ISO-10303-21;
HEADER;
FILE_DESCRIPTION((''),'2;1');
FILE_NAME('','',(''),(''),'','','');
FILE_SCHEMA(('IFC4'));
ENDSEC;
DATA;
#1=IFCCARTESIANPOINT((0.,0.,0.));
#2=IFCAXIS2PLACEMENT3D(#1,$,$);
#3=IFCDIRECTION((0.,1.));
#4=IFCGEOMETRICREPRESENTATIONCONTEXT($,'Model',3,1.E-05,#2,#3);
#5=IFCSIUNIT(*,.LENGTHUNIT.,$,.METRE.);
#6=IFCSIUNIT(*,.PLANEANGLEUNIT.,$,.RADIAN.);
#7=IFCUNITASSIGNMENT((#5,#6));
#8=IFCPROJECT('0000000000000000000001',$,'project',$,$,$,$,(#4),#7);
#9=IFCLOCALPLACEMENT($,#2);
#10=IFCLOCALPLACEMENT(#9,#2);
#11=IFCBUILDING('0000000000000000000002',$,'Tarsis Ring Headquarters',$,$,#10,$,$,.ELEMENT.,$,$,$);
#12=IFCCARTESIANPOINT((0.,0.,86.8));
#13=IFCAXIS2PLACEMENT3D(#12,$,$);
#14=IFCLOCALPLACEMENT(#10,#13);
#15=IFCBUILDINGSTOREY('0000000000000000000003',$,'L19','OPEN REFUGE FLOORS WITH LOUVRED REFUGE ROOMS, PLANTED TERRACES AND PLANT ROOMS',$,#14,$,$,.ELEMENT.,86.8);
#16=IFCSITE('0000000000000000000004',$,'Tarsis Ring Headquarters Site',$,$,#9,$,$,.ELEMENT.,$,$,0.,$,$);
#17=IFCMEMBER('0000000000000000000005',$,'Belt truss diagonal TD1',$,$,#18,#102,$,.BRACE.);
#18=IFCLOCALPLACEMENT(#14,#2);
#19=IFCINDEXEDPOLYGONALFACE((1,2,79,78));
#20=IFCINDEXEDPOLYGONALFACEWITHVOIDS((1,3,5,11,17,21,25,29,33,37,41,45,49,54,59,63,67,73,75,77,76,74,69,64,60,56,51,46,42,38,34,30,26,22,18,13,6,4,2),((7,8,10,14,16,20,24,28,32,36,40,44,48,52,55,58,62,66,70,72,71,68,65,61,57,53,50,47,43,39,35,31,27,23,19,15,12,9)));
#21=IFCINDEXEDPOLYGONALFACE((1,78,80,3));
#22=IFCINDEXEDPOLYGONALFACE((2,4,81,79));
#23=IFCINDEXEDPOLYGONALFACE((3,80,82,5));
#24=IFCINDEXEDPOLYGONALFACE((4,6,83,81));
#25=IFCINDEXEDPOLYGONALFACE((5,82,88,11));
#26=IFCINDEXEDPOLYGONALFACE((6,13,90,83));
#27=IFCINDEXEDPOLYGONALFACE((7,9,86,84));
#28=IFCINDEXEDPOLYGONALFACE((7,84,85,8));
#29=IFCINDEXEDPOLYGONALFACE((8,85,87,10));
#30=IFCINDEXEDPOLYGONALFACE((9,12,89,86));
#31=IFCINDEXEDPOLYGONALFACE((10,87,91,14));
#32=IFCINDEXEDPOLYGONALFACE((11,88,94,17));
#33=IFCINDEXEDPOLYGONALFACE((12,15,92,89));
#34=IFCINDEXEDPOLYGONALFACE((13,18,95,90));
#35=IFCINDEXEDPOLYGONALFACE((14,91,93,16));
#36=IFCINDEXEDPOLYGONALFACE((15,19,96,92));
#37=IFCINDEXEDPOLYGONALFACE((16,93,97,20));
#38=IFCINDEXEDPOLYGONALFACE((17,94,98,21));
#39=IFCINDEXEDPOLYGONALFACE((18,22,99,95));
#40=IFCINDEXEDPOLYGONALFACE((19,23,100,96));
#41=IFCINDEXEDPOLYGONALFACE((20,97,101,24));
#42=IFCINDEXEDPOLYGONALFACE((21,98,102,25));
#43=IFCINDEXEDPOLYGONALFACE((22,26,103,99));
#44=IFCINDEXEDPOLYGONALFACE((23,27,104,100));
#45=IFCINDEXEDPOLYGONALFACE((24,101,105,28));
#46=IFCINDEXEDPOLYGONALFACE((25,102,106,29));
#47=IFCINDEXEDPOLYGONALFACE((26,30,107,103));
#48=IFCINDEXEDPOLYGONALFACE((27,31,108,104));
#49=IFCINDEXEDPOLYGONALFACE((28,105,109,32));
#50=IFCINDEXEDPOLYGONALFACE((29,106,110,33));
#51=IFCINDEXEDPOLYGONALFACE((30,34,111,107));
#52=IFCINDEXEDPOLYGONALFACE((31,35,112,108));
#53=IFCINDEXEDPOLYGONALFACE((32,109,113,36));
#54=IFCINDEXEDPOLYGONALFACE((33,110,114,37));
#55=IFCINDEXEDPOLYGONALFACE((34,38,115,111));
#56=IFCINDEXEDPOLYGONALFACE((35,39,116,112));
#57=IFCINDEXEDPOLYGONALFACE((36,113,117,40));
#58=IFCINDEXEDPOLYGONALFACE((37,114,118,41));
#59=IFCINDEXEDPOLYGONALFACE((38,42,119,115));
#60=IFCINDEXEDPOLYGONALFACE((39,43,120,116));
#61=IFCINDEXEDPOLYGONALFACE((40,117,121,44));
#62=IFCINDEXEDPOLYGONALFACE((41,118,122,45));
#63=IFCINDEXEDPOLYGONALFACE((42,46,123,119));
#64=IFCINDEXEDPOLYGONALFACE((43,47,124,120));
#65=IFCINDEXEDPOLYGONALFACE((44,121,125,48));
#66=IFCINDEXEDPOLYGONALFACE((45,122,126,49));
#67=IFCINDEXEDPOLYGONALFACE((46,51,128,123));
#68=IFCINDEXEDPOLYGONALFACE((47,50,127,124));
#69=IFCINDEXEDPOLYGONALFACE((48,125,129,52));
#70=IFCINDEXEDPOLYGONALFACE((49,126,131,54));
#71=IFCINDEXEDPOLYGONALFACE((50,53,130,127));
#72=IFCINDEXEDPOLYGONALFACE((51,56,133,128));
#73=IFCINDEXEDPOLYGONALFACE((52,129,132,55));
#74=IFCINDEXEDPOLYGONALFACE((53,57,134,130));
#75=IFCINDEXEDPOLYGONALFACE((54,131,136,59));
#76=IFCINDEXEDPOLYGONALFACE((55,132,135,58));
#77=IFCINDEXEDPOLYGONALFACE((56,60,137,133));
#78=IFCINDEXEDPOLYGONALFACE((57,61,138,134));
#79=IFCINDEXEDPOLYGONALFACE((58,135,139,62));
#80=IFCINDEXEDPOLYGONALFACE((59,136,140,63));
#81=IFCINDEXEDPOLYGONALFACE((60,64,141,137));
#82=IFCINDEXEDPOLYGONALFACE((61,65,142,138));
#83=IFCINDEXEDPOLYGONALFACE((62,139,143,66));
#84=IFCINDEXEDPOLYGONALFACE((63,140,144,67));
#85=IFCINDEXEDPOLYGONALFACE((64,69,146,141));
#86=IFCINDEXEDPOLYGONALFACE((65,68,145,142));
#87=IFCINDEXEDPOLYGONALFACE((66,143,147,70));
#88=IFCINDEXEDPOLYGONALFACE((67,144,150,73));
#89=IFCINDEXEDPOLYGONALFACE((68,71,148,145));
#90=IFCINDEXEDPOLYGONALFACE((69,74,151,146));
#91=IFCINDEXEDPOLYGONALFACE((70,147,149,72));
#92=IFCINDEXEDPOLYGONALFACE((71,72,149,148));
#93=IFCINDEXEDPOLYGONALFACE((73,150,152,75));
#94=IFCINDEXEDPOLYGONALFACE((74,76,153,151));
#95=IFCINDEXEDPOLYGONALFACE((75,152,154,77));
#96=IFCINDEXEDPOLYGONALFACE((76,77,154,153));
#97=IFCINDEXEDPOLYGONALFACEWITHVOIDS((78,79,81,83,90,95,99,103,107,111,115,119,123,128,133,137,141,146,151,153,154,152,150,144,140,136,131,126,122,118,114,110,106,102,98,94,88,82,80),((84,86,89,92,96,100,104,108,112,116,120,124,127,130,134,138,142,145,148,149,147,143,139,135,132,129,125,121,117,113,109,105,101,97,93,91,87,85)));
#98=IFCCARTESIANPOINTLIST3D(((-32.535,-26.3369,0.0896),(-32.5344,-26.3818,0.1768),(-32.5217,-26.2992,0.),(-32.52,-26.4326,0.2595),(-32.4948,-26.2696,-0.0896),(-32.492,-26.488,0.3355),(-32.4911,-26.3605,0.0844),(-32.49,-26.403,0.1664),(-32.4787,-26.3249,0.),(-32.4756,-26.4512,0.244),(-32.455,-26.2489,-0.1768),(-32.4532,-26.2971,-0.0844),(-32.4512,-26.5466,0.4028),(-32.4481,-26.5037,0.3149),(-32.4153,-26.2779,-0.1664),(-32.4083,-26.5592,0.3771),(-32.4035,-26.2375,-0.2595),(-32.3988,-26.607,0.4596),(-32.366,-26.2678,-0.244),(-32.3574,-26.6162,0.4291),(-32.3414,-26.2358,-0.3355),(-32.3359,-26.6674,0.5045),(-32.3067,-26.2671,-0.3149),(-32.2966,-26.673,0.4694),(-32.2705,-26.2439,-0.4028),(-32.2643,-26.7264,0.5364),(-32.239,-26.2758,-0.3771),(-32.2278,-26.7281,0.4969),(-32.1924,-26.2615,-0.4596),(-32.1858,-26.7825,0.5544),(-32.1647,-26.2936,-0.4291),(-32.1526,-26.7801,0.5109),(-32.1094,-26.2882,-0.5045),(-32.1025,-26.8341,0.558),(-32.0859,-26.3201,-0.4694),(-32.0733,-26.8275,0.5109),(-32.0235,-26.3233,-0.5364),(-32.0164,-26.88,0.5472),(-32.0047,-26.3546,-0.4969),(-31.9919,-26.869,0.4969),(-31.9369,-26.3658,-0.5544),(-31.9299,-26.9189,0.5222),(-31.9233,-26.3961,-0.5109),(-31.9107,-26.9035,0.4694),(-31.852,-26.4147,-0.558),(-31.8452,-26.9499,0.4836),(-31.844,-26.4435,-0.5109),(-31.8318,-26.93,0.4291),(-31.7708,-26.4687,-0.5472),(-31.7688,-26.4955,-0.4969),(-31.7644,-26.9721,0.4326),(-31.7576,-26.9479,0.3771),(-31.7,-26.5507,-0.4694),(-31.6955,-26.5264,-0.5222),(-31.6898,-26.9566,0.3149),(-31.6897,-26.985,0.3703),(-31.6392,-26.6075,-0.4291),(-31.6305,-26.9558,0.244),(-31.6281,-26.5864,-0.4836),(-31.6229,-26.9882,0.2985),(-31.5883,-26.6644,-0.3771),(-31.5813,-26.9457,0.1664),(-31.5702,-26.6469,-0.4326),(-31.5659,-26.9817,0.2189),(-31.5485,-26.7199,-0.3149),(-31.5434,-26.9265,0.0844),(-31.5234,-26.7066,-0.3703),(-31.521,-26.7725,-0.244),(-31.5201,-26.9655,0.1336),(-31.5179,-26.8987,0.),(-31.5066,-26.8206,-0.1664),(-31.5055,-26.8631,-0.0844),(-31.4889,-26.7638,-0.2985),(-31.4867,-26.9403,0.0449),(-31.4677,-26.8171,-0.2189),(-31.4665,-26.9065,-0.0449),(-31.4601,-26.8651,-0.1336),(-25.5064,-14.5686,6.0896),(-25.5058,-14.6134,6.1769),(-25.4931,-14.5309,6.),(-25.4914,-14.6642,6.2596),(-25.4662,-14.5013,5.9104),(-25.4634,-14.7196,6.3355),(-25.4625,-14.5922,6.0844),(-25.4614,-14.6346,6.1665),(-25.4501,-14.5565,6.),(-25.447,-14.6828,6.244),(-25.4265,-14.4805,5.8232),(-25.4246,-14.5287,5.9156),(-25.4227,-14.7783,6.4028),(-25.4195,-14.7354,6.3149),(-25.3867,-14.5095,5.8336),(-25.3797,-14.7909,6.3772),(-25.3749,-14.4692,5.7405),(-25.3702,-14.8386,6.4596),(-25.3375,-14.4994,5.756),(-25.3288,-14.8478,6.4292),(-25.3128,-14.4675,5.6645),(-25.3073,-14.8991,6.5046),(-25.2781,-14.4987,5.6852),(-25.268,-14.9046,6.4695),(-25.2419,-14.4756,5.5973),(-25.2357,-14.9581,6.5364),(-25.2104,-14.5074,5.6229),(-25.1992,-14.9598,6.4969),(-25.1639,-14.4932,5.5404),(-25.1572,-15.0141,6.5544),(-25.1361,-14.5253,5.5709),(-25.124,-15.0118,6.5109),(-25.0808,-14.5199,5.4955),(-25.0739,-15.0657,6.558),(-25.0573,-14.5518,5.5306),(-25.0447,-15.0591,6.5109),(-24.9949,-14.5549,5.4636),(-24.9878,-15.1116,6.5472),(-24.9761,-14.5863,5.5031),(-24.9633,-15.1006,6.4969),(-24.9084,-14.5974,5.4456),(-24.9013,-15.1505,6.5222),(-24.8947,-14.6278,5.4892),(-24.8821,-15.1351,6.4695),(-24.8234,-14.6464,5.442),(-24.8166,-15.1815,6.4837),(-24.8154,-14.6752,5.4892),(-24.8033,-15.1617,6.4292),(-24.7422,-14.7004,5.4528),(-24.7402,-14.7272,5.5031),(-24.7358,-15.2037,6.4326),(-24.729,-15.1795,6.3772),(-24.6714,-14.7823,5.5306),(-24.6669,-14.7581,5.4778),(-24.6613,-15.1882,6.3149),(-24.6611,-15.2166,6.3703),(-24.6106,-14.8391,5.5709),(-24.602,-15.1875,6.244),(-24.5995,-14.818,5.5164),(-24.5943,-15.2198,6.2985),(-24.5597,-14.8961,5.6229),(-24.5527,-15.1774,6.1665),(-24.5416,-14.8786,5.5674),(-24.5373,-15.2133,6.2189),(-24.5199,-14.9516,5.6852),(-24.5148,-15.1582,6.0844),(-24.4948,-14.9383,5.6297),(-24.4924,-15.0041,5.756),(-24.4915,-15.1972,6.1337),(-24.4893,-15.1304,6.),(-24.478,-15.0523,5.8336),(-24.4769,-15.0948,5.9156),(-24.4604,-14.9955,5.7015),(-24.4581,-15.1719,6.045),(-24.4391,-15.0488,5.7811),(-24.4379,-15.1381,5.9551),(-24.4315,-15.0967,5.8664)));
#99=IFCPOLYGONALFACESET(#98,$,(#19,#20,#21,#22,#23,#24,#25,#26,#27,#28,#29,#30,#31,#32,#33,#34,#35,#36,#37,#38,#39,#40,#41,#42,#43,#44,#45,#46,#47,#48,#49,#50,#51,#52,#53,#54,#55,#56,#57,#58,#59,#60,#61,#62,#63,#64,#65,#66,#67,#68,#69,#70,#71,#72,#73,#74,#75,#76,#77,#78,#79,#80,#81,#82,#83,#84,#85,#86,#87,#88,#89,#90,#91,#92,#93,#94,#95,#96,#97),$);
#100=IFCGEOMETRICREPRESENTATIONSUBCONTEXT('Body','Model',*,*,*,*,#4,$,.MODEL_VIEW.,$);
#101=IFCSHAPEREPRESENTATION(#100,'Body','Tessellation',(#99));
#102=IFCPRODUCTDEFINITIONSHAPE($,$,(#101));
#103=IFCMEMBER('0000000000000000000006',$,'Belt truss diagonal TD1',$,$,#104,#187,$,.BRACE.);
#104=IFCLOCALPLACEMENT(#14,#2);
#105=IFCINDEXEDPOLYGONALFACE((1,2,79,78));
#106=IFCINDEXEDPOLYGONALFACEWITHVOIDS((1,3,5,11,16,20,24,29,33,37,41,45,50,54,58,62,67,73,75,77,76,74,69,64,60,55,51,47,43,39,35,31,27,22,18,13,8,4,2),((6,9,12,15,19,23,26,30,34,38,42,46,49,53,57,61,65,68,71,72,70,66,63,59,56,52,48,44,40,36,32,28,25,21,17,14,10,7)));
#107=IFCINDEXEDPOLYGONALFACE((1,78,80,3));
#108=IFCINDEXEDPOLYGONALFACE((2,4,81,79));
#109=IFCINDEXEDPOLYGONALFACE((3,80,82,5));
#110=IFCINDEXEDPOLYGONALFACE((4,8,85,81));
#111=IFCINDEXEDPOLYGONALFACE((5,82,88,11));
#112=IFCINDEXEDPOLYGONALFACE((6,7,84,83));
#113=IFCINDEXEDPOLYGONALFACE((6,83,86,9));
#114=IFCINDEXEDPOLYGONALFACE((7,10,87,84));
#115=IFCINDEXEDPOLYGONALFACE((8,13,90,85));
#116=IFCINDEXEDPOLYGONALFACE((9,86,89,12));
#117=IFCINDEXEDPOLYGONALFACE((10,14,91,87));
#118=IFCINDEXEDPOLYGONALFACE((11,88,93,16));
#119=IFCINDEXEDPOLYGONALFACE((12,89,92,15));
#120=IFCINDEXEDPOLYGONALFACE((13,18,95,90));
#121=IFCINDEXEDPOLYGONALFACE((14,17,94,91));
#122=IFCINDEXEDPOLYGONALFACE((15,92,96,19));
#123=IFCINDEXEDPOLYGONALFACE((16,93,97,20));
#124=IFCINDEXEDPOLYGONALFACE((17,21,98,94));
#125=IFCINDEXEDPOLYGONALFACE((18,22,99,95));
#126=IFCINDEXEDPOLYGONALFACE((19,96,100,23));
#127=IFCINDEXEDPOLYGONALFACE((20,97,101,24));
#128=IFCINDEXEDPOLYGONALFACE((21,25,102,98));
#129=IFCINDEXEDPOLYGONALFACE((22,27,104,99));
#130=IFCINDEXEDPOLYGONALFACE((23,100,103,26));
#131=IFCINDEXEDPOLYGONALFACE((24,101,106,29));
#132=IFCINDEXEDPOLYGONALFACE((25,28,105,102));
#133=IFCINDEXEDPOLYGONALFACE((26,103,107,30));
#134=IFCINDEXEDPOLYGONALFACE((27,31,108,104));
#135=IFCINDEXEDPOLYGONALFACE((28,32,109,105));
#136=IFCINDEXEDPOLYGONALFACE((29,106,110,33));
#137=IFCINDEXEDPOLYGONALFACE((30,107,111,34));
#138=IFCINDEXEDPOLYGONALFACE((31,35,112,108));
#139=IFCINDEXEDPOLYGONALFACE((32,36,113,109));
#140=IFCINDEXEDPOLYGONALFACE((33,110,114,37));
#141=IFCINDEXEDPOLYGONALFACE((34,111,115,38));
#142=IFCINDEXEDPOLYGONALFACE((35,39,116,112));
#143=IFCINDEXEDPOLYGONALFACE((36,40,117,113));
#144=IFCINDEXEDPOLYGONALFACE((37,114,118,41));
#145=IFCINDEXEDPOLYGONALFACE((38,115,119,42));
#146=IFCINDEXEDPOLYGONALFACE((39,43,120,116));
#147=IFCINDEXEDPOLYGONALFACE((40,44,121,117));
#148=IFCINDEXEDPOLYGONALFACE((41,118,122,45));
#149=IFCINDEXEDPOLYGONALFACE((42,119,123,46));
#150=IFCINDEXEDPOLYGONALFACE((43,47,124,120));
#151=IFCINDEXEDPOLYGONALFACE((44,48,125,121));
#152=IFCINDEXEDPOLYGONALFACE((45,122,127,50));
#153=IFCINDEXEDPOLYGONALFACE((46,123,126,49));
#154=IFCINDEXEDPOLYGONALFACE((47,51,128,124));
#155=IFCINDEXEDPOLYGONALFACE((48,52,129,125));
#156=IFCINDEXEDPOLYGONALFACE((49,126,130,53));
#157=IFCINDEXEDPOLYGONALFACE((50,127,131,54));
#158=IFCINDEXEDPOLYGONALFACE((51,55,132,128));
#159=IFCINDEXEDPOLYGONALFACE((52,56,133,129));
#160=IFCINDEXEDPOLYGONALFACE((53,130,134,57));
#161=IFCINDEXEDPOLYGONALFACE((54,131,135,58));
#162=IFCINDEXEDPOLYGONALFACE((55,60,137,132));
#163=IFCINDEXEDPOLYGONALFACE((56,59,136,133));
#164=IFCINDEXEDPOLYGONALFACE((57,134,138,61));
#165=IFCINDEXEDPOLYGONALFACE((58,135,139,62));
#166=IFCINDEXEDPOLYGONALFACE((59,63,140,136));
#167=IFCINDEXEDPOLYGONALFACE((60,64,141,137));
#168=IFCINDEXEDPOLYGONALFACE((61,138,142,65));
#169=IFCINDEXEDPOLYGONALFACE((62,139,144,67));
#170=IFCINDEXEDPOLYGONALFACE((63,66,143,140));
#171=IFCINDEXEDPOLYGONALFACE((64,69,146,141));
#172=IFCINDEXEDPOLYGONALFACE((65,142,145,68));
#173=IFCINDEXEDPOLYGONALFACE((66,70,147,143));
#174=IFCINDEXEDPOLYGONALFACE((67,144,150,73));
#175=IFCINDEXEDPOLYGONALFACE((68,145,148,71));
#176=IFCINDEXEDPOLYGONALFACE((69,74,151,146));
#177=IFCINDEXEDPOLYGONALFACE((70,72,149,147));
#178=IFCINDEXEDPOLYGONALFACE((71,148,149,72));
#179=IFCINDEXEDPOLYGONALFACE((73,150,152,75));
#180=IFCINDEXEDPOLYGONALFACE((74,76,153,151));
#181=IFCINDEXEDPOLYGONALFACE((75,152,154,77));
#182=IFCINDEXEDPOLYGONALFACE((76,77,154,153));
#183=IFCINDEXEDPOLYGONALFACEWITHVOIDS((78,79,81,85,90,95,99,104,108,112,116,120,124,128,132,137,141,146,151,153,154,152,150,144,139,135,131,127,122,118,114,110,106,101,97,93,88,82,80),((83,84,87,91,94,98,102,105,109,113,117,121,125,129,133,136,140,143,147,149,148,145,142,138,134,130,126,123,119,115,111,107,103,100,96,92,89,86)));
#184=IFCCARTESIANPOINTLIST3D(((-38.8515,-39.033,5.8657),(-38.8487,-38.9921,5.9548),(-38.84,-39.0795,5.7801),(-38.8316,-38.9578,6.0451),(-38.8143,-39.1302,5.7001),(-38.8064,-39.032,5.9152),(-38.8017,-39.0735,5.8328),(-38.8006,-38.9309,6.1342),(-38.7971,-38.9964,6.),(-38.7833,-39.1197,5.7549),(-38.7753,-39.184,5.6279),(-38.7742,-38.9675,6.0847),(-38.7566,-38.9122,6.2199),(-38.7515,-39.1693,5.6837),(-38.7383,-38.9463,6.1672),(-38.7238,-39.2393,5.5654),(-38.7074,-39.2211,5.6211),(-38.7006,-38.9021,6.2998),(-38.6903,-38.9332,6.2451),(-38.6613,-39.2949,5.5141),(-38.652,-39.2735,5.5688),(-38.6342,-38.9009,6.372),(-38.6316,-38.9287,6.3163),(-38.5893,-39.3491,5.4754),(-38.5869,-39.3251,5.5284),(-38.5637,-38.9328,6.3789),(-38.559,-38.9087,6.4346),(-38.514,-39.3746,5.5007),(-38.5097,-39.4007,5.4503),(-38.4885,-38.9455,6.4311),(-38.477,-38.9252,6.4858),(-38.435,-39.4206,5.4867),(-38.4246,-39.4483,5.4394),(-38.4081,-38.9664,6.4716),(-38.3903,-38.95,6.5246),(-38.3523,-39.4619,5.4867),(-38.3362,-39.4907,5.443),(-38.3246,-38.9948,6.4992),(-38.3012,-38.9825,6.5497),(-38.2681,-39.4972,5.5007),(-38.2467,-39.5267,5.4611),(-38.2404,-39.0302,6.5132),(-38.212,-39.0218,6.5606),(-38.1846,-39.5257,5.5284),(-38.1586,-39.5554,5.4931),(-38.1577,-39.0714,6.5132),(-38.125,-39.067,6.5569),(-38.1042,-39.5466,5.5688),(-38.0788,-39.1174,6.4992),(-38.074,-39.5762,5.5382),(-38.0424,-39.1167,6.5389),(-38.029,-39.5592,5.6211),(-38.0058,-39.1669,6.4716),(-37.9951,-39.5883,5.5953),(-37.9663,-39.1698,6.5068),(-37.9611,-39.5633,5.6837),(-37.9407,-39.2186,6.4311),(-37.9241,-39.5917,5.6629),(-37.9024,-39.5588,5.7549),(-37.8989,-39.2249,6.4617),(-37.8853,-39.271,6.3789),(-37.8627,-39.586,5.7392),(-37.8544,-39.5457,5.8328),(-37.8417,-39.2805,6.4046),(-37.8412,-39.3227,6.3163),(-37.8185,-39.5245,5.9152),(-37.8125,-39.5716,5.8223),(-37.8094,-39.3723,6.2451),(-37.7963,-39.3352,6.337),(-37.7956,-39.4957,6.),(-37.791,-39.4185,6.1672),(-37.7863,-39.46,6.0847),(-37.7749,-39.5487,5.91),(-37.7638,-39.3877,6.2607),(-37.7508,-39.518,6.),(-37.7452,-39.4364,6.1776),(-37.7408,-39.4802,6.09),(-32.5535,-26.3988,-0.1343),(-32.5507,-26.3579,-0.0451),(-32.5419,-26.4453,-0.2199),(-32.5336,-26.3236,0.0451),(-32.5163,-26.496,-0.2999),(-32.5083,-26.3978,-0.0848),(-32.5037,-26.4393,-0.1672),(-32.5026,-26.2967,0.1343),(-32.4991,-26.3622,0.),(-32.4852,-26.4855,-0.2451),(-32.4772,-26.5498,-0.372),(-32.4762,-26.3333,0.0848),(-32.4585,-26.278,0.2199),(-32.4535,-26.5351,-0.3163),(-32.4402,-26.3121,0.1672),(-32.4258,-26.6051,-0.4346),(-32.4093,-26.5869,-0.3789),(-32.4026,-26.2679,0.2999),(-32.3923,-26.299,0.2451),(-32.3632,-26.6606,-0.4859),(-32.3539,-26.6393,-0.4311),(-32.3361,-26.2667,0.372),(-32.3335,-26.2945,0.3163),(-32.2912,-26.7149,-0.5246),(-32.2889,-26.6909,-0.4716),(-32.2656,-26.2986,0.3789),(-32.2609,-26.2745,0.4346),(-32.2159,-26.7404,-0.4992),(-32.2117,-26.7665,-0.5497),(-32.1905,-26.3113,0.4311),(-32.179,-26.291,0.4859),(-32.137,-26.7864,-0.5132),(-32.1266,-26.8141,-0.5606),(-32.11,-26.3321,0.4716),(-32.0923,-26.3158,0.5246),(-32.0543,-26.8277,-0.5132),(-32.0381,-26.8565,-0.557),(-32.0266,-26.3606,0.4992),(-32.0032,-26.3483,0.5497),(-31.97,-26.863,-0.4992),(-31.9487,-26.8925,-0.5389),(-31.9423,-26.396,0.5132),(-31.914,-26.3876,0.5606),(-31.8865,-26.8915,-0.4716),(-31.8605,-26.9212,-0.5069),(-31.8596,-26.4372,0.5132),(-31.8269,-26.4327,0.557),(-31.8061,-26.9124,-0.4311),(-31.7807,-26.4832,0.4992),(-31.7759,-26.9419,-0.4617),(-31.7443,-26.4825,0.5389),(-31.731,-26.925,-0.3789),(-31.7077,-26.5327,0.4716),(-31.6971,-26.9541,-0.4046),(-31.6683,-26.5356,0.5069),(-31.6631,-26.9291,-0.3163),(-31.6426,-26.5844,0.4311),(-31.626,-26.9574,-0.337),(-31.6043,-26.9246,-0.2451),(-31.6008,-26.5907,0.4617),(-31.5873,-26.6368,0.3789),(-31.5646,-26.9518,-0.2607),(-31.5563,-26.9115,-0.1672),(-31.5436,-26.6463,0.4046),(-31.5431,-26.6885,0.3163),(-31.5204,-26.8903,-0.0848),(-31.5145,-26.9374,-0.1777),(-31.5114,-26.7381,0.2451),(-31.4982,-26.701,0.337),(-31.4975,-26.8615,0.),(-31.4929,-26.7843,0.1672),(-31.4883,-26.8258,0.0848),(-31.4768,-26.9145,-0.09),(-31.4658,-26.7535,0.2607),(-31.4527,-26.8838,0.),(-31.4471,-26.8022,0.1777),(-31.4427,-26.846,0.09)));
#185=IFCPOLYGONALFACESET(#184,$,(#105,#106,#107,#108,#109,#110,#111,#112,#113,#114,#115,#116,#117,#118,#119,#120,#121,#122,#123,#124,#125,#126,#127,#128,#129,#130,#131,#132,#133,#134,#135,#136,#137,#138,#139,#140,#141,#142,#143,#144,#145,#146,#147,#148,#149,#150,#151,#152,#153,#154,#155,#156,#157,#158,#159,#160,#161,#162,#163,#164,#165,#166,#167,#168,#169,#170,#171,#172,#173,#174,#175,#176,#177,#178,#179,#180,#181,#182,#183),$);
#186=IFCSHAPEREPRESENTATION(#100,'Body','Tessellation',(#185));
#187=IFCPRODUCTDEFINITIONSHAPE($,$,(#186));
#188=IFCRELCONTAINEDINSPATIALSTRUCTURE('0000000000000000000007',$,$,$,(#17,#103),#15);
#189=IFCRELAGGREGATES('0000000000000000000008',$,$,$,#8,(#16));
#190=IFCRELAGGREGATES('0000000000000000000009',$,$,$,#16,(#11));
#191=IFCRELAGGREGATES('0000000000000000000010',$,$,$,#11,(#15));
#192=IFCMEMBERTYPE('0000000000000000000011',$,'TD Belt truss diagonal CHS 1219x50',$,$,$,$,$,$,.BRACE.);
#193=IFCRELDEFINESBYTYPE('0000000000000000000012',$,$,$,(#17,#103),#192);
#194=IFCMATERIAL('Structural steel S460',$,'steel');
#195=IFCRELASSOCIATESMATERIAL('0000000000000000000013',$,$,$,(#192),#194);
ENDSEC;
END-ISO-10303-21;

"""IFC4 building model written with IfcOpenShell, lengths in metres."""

from ifc_helpers import new_model, si_unit, direction, frame, origin, origin_2d, place, context, subcontext, project, spatial, hollow_circle, extrude, material, material_profile, profile_set, type_object, element, save


model = new_model("IFC4")

# Units and contexts
model_context = context("Model", 3, precision=1e-05, world=origin(), true_north=direction((0.0, 1.0)))
body_context = subcontext(model_context, "Body", "Model", "MODEL_VIEW")
ifc_project = project(units=[si_unit("LENGTHUNIT", "METRE"), si_unit("PLANEANGLEUNIT", "RADIAN")], contexts=[model_context])

# Site, building, storey
site_placement = place(None, origin())
site = spatial("IfcSite", under=ifc_project, at=site_placement, Name="Tarsis Ring Headquarters Site", CompositionType="ELEMENT", RefElevation=0.0)
building_placement = place(site_placement, origin())
building = spatial("IfcBuilding", under=site, at=building_placement, Name="Tarsis Ring Headquarters", CompositionType="ELEMENT")
storey_placement = place(building_placement, frame((0.0, 0.0, 86.8)))
storey = spatial("IfcBuildingStorey", under=building, at=storey_placement, Name="L19", Description="OPEN REFUGE FLOORS WITH LOUVRED REFUGE ROOMS, PLANTED TERRACES AND PLANT ROOMS", CompositionType="ELEMENT", Elevation=86.8)

# Shared definitions
ifc_material_1 = material(Name="Structural steel S460", Category="steel")
ifc_material_profile_1 = material_profile(ifc_material_1, hollow_circle(Radius=0.6096, WallThickness=0.05, at=origin_2d()), Name="CHS 1219x50")
ifc_profile_set_1 = profile_set([ifc_material_profile_1], Name="Structural steel S460")

# Members
member_type_1 = type_object("IfcMemberType", Name="TD Belt truss diagonal CHS 1219x50", PredefinedType="BRACE", material=ifc_profile_set_1)
member_1_placement = place(storey_placement, frame((-31.9983, -26.6118, 0.0), z_axis=(0.469727, 0.78649, 0.400987), x_axis=(-0.858535, 0.512756, 0.0)))
element("IfcMember", 1, at=member_1_placement, inside=storey, type_object=member_type_1, Name="Belt truss diagonal TD1", PredefinedType="BRACE", context=body_context, shape_type="SweptSolid", body=[
    extrude(hollow_circle(Radius=0.6096, WallThickness=0.05, at=origin_2d()), origin(), (0.0, 0.0, 1.0), 14.9631),
])
member_2_placement = place(storey_placement, frame((-31.9983, -26.6118, 0.0), z_axis=(-0.410588, -0.82366, 0.391155), x_axis=(0.894966, -0.446134, 0.0)))
element("IfcMember", 2, at=member_2_placement, inside=storey, type_object=member_type_1, Name="Belt truss diagonal TD1", PredefinedType="BRACE", context=body_context, shape_type="SweptSolid", body=[
    extrude(hollow_circle(Radius=0.6096, WallThickness=0.05, at=origin_2d()), origin(), (0.0, 0.0, 1.0), 15.3391),
])

save(model, "model.ifc")
